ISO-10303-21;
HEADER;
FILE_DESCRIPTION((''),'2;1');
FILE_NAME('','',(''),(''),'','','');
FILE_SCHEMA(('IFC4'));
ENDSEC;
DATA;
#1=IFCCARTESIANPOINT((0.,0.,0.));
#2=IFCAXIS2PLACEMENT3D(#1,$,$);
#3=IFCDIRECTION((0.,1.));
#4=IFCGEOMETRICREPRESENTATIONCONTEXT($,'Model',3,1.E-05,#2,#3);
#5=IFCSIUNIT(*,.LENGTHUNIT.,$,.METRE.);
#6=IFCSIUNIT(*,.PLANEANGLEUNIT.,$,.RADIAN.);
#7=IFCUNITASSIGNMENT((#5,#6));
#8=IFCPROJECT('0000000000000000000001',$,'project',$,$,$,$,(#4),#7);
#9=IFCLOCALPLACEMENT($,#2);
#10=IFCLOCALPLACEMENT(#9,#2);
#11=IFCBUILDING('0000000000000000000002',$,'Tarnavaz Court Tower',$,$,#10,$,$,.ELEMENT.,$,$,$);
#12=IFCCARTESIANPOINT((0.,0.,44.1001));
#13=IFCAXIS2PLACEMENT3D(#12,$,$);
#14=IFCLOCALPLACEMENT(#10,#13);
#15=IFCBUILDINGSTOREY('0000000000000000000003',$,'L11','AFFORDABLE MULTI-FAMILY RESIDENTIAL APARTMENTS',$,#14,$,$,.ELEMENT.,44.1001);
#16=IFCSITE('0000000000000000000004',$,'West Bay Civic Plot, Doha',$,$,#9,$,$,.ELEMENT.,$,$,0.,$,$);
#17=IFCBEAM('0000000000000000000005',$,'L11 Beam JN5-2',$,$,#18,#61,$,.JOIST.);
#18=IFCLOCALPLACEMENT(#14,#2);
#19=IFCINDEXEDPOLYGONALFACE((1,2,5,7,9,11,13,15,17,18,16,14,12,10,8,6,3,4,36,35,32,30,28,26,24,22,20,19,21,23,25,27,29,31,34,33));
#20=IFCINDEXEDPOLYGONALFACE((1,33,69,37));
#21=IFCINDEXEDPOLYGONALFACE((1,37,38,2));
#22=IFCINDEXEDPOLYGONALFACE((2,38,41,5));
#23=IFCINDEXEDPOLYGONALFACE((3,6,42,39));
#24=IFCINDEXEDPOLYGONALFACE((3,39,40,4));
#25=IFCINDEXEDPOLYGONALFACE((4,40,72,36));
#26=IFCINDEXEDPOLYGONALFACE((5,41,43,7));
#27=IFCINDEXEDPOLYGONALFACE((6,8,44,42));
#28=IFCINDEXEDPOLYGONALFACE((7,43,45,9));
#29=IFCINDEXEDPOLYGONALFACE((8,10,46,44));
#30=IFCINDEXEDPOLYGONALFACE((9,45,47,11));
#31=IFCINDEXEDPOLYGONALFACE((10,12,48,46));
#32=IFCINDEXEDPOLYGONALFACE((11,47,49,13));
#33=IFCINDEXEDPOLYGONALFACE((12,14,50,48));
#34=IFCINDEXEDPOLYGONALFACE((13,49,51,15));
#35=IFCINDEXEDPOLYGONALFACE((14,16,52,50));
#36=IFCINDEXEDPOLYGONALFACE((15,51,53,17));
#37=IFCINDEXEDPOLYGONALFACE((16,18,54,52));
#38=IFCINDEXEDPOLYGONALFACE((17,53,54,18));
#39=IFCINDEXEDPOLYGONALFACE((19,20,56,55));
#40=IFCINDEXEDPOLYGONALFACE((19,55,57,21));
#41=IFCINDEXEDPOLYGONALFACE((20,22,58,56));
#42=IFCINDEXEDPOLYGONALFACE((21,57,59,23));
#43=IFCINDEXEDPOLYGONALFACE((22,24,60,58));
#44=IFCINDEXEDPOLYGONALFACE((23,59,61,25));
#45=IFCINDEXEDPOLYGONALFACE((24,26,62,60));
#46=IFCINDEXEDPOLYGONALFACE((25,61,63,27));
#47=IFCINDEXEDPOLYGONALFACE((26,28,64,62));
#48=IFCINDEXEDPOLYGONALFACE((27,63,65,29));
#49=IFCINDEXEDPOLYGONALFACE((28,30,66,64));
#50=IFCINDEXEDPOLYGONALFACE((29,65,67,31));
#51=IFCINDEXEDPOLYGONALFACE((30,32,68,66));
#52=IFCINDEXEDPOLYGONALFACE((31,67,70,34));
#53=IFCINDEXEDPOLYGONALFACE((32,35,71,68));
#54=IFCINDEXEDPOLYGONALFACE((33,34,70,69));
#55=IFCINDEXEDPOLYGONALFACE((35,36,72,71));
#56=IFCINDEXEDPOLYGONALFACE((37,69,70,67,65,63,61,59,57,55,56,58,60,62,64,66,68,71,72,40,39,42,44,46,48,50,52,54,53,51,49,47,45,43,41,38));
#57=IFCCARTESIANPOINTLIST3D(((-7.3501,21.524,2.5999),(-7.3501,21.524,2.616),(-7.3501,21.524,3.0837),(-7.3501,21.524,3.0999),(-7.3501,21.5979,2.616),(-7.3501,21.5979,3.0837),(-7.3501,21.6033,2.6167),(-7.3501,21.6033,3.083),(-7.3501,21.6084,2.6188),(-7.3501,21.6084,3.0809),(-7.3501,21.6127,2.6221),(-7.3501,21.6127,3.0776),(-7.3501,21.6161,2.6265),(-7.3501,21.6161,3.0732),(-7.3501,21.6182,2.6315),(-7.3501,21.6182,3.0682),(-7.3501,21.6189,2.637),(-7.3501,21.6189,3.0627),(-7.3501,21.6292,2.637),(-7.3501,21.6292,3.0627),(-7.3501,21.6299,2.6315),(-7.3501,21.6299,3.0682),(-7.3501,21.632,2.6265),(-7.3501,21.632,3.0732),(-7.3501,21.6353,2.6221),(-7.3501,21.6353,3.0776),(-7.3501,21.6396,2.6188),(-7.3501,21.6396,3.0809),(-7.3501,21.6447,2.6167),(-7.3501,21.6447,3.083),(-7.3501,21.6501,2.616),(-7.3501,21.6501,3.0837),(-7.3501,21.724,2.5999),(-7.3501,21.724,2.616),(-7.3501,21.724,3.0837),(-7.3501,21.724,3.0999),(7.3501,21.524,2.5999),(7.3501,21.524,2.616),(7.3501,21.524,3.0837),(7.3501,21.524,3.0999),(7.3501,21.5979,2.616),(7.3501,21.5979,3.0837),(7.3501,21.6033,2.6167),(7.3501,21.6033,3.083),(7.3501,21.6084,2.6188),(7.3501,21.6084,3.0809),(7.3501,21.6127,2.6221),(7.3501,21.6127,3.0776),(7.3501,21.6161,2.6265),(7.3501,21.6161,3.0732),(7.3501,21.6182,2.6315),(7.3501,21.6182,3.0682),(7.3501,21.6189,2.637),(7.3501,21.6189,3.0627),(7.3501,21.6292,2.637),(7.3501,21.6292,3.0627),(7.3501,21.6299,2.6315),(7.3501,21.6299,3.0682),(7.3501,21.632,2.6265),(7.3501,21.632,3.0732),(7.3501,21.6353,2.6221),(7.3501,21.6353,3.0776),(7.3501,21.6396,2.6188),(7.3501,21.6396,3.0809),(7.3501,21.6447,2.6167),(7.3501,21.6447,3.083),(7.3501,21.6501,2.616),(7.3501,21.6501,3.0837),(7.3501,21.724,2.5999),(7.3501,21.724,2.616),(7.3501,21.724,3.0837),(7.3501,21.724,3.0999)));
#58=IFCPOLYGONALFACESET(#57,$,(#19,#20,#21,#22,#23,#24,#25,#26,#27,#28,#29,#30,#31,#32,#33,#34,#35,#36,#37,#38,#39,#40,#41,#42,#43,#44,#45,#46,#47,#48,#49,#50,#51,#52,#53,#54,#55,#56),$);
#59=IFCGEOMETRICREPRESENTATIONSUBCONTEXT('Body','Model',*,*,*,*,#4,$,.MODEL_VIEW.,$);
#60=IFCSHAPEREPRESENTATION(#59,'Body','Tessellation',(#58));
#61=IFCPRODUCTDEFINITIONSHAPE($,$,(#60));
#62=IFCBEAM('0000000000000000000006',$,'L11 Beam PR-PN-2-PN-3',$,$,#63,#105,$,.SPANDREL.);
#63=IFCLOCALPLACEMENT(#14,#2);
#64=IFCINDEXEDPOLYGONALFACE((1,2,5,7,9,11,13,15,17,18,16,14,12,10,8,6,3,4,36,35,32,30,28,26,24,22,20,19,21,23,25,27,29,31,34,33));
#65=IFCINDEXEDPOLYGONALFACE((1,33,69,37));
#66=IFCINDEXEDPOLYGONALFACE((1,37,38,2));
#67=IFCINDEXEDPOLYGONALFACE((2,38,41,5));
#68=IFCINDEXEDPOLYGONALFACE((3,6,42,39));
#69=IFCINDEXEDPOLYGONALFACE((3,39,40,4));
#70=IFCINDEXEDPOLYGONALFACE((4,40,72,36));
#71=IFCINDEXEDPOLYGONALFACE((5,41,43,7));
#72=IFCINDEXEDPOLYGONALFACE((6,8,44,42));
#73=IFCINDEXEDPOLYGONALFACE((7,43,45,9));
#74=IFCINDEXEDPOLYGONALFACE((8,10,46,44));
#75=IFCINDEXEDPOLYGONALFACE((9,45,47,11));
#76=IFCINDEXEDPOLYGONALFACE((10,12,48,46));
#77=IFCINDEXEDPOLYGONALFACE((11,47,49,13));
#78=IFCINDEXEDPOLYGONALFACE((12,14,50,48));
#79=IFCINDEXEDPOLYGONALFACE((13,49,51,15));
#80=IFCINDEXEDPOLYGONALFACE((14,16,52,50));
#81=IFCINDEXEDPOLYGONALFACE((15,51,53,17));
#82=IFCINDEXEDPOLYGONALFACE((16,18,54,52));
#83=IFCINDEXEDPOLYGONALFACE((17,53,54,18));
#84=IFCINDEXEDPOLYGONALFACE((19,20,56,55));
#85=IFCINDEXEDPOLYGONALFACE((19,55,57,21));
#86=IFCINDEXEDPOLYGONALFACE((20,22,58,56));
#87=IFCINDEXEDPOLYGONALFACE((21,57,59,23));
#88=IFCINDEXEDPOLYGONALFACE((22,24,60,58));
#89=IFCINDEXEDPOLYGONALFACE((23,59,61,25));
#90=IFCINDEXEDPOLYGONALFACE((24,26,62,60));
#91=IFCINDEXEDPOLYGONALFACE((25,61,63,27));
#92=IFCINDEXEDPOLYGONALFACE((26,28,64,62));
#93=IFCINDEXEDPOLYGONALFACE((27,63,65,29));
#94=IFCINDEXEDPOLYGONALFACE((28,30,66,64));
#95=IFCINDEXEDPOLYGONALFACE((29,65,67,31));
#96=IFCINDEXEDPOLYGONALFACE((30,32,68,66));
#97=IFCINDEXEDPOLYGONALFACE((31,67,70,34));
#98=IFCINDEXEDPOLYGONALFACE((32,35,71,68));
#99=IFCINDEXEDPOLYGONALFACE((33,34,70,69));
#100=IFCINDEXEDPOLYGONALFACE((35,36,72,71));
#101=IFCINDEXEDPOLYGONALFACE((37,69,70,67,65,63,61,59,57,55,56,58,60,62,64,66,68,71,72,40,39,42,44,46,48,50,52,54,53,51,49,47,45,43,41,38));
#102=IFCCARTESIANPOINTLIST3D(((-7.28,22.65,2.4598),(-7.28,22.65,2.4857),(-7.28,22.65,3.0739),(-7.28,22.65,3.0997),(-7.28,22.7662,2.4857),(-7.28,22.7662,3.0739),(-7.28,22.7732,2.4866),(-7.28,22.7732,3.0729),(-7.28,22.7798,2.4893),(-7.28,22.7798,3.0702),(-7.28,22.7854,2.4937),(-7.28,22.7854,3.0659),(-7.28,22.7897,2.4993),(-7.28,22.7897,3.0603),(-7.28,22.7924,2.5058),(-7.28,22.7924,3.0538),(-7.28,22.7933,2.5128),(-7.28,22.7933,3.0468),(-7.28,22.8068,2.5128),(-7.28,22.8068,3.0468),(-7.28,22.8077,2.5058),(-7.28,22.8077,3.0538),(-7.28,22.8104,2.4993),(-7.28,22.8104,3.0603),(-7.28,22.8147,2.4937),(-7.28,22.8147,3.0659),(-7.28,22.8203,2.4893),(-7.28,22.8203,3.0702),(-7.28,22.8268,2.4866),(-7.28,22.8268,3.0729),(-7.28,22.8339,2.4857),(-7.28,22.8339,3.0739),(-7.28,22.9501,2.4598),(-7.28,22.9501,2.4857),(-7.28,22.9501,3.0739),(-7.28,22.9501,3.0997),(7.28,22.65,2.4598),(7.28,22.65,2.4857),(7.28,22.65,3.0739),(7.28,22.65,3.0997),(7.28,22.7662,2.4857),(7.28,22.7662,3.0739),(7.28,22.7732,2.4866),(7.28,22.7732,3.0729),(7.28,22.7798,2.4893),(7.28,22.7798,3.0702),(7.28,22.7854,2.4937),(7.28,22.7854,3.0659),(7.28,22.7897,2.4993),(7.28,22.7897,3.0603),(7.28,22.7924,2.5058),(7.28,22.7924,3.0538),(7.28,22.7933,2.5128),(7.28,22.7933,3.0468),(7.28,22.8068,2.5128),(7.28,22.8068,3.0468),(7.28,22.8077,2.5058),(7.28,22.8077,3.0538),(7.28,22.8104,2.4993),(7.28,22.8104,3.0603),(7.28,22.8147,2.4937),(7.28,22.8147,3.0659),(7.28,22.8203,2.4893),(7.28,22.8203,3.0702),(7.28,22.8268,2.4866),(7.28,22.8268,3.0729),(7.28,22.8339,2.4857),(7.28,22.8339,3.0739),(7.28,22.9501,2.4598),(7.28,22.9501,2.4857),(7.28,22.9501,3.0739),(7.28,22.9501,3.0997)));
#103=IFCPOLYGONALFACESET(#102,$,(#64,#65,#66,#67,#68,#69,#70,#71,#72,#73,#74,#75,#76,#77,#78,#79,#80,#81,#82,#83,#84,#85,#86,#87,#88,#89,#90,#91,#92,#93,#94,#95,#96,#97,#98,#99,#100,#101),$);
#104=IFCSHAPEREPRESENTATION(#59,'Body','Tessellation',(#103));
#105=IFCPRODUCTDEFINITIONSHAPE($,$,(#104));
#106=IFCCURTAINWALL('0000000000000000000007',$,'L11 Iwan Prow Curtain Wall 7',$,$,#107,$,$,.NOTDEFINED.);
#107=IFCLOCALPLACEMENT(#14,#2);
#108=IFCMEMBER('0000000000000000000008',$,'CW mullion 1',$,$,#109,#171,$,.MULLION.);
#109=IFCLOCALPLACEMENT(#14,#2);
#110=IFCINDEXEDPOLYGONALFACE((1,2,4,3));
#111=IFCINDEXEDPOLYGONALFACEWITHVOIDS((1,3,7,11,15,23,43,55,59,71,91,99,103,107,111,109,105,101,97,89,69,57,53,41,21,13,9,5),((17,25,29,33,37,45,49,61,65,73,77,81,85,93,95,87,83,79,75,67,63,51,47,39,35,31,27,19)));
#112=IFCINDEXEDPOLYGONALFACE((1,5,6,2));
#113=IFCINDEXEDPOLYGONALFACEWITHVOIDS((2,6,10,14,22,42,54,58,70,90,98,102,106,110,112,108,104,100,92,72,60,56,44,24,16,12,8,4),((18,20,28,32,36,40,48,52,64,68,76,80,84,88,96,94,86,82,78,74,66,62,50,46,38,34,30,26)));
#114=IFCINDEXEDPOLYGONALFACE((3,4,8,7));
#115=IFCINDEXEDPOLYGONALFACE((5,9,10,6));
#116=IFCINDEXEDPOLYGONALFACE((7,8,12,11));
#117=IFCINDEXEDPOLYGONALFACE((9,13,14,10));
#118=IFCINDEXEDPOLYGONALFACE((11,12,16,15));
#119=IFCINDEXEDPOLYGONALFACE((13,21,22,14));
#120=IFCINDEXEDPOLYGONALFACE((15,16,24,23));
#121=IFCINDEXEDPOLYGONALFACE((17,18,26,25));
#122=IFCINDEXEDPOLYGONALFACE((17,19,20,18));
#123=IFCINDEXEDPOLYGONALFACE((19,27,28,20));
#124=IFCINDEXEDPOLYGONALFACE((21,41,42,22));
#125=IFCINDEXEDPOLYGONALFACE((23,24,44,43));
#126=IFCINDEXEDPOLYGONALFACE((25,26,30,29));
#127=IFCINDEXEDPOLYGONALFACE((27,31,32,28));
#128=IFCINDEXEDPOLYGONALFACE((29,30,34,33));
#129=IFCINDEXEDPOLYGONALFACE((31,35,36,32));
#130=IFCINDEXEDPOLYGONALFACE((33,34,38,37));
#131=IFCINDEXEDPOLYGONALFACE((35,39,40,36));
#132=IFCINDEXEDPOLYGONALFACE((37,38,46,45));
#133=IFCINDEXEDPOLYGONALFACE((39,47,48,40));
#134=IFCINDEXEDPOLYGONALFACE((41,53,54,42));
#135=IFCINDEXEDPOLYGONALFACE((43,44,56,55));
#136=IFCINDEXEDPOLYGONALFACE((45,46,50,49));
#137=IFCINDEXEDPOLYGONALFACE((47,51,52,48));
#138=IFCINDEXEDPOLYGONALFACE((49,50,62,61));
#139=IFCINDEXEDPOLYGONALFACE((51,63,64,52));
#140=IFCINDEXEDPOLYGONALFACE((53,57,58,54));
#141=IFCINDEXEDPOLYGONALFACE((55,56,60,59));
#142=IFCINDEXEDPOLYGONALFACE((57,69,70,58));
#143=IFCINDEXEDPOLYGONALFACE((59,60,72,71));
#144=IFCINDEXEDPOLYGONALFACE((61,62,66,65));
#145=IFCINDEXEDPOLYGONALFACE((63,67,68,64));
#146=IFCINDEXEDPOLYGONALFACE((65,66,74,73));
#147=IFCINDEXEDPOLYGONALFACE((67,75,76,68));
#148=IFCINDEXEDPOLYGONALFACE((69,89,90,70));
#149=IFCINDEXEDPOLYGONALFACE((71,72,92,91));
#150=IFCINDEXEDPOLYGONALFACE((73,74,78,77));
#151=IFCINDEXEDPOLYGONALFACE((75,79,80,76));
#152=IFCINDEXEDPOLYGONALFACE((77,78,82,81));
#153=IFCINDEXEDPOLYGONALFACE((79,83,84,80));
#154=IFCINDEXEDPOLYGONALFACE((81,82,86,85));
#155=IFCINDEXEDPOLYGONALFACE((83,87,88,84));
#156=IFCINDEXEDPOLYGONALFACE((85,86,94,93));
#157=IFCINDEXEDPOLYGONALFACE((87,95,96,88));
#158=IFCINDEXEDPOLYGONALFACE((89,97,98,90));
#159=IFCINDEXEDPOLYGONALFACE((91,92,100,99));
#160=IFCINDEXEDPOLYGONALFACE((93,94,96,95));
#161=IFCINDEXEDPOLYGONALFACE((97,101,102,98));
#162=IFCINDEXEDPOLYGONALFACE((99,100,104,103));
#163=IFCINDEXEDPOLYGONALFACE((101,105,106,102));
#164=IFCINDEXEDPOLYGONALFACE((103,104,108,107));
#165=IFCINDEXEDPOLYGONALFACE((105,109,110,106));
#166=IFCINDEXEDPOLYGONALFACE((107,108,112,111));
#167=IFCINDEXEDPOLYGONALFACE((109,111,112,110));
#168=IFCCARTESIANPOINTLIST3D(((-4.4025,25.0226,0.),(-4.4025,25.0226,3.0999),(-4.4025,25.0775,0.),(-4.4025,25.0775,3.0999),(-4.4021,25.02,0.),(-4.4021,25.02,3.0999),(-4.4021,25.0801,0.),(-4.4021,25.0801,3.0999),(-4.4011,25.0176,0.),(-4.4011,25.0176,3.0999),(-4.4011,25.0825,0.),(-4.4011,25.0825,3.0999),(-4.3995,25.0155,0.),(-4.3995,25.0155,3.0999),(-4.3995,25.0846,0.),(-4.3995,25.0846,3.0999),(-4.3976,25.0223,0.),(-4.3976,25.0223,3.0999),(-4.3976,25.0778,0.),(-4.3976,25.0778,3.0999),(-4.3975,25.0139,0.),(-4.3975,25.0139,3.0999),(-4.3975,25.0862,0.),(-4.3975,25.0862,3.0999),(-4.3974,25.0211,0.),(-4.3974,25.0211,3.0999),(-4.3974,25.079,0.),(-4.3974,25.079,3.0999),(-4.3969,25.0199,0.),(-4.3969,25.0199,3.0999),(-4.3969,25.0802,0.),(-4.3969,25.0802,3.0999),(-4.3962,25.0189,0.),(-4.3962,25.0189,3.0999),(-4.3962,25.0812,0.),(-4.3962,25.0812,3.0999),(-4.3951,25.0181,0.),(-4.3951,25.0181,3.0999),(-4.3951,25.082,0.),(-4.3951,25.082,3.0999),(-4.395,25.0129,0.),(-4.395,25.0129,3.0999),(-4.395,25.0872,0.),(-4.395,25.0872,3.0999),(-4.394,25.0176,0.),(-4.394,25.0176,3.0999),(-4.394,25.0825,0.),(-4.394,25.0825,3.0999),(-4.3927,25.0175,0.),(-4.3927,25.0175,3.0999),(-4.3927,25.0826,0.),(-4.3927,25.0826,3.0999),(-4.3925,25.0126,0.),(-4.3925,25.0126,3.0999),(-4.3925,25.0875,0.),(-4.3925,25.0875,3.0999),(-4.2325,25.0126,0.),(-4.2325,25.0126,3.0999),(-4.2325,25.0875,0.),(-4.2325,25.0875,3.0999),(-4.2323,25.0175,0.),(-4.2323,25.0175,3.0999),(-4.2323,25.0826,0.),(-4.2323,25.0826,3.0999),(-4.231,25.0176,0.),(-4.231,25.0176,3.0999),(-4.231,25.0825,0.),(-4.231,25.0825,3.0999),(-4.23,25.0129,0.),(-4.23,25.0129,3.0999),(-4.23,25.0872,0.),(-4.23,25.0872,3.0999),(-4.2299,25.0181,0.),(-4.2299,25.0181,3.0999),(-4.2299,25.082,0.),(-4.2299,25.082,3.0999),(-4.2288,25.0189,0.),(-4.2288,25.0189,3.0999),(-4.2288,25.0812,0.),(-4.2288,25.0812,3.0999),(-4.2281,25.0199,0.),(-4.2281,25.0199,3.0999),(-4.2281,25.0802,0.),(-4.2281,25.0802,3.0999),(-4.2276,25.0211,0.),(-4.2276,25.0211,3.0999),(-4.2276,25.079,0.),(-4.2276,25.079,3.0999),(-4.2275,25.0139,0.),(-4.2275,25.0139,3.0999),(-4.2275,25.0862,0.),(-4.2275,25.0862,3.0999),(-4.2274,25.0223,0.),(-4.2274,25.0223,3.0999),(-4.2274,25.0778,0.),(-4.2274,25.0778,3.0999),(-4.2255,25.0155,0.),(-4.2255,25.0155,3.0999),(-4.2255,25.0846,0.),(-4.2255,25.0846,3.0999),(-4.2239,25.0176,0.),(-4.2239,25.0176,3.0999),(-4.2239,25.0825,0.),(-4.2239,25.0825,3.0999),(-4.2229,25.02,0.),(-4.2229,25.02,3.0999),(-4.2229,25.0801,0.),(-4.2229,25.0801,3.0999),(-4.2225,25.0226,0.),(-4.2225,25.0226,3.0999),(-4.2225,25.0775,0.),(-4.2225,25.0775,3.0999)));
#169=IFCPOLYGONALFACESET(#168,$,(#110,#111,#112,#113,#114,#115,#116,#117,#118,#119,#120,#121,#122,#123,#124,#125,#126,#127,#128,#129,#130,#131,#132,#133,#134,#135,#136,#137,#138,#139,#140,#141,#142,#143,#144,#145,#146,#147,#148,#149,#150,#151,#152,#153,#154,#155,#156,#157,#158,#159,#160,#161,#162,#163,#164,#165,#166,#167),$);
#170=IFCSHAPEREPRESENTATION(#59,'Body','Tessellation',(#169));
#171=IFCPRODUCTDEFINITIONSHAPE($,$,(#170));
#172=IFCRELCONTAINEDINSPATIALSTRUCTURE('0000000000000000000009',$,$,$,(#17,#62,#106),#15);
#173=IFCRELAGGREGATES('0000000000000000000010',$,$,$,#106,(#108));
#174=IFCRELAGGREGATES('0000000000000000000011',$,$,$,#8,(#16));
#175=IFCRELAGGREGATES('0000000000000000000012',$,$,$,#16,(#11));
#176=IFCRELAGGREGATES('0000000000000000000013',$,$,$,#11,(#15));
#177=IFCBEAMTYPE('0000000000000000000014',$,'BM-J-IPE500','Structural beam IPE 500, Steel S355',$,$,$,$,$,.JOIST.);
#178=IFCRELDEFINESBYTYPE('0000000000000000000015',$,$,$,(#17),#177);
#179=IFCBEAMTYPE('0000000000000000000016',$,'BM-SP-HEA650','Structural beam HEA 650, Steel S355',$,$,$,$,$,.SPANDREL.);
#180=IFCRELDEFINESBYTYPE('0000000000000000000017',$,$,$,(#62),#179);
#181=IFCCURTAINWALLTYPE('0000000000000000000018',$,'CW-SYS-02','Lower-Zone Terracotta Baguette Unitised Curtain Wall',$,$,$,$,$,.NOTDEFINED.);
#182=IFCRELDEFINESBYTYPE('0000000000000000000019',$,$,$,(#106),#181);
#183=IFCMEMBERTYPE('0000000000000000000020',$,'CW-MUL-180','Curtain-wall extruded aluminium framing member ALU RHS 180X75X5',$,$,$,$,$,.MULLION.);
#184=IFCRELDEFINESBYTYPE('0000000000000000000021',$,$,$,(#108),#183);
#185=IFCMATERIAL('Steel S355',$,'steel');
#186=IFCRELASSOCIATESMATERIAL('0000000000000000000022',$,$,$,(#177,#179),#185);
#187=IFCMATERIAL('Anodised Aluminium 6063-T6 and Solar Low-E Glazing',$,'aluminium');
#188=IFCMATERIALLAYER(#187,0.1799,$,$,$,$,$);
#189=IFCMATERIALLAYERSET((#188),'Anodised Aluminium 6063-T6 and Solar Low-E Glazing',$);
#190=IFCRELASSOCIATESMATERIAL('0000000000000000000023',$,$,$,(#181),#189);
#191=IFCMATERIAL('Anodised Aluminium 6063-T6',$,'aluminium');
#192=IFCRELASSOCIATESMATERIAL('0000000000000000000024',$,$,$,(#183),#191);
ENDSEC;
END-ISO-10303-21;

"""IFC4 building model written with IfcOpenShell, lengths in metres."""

from ifc_helpers import new_model, si_unit, direction, frame, origin, origin_2d, place, context, subcontext, project, spatial, hollow_rectangle, i_section, extrude, material, layer, layer_set, material_profile, profile_set, type_object, element, aggregate, save


model = new_model("IFC4")

# Units and contexts
model_context = context("Model", 3, precision=1e-05, world=origin(), true_north=direction((0.0, 1.0)))
body_context = subcontext(model_context, "Body", "Model", "MODEL_VIEW")
ifc_project = project(units=[si_unit("LENGTHUNIT", "METRE"), si_unit("PLANEANGLEUNIT", "RADIAN")], contexts=[model_context])

# Site, building, storey
site_placement = place(None, origin())
site = spatial("IfcSite", under=ifc_project, at=site_placement, Name="West Bay Civic Plot, Doha", CompositionType="ELEMENT", RefElevation=0.0)
building_placement = place(site_placement, origin())
building = spatial("IfcBuilding", under=site, at=building_placement, Name="Tarnavaz Court Tower", CompositionType="ELEMENT")
storey_placement = place(building_placement, frame((0.0, 0.0, 44.1001)))
storey = spatial("IfcBuildingStorey", under=building, at=storey_placement, Name="L11", Description="AFFORDABLE MULTI-FAMILY RESIDENTIAL APARTMENTS", CompositionType="ELEMENT", Elevation=44.1001)

# Beams
ifc_material_1 = material(Name="Steel S355", Category="steel")
ifc_material_profile_1 = material_profile(ifc_material_1, i_section(OverallWidth=0.2, OverallDepth=0.5, WebThickness=0.0103, FlangeThickness=0.0161, FilletRadius=0.021, at=origin_2d()), Name="IPE 500")
ifc_profile_set_1 = profile_set([ifc_material_profile_1], Name="Steel S355")
beam_type_1 = type_object("IfcBeamType", Name="BM-J-IPE500", Description="Structural beam IPE 500, Steel S355", PredefinedType="JOIST", material=ifc_profile_set_1)
for number, where, z_axis, x_axis, name in (
    (1, (-7.3501, 21.624, 2.8499), (1.0, 0.0, 0.0), (0.0, 1.0, 0.0), "L11 Beam JN5-2"),
):
    element("IfcBeam", number, at=place(storey_placement, frame(where, z_axis=z_axis, x_axis=x_axis)), inside=storey, type_object=beam_type_1, Name=name, PredefinedType="JOIST", context=body_context, shape_type="SweptSolid", body=[
        extrude(i_section(OverallWidth=0.2, OverallDepth=0.5, WebThickness=0.0103, FlangeThickness=0.0161, FilletRadius=0.021, at=origin_2d()), origin(), (0.0, 0.0, 1.0), 14.7002),
    ])
ifc_material_profile_2 = material_profile(ifc_material_1, i_section(OverallWidth=0.3, OverallDepth=0.6399, WebThickness=0.0134, FlangeThickness=0.0259, FilletRadius=0.0271, at=origin_2d()), Name="HEA 650")
ifc_profile_set_2 = profile_set([ifc_material_profile_2], Name="Steel S355")
beam_type_2 = type_object("IfcBeamType", Name="BM-SP-HEA650", Description="Structural beam HEA 650, Steel S355", PredefinedType="SPANDREL", material=ifc_profile_set_2)
beam_placement = place(storey_placement, frame((-7.28, 22.8, 2.7798), z_axis=(1.0, 0.0, 0.0), x_axis=(0.0, 1.0, 0.0)))
element("IfcBeam", 2, at=beam_placement, inside=storey, type_object=beam_type_2, Name="L11 Beam PR-PN-2-PN-3", PredefinedType="SPANDREL", context=body_context, shape_type="SweptSolid", body=[
    extrude(i_section(OverallWidth=0.3, OverallDepth=0.6399, WebThickness=0.0134, FlangeThickness=0.0259, FilletRadius=0.0271, at=origin_2d()), origin(), (0.0, 0.0, 1.0), 14.5601),
])

# Curtain wall, member
ifc_material_2 = material(Name="Anodised Aluminium 6063-T6 and Solar Low-E Glazing", Category="aluminium")
ifc_layer_1 = layer(ifc_material_2, 0.1799)
ifc_layer_set_1 = layer_set([ifc_layer_1], Name="Anodised Aluminium 6063-T6 and Solar Low-E Glazing")
curtain_wall_type = type_object("IfcCurtainWallType", Name="CW-SYS-02", Description="Lower-Zone Terracotta Baguette Unitised Curtain Wall", PredefinedType="NOTDEFINED", material=ifc_layer_set_1)
curtain_wall_placement = place(storey_placement, origin())
curtain_wall = element("IfcCurtainWall", 3, at=curtain_wall_placement, inside=storey, type_object=curtain_wall_type, Name="L11 Iwan Prow Curtain Wall 7", PredefinedType="NOTDEFINED")
ifc_material_3 = material(Name="Anodised Aluminium 6063-T6", Category="aluminium")
ifc_material_profile_3 = material_profile(ifc_material_3, hollow_rectangle(XDim=0.075, YDim=0.1799, WallThickness=0.0049, InnerFilletRadius=0.0049, OuterFilletRadius=0.01, at=origin_2d()), Name="ALU RHS 180X75X5")
ifc_profile_set_3 = profile_set([ifc_material_profile_3], Name="Anodised Aluminium 6063-T6")
member_type_1 = type_object("IfcMemberType", Name="CW-MUL-180", Description="Curtain-wall extruded aluminium framing member ALU RHS 180X75X5", PredefinedType="MULLION", material=ifc_profile_set_3)
member_1_placement = place(storey_placement, frame((-4.3125, 25.05, 0.0), z_axis=(0.0, 0.0, 1.0), x_axis=(0.0, 1.0, 0.0)))
member_1 = element("IfcMember", 4, at=member_1_placement, type_object=member_type_1, Name="CW mullion 1", PredefinedType="MULLION", context=body_context, shape_type="SweptSolid", body=[
    extrude(hollow_rectangle(XDim=0.075, YDim=0.1799, WallThickness=0.0049, InnerFilletRadius=0.0049, OuterFilletRadius=0.01, at=origin_2d()), origin(), (0.0, 0.0, 1.0), 3.0999),
])
aggregate(curtain_wall, [member_1])

save(model, "model.ifc")
